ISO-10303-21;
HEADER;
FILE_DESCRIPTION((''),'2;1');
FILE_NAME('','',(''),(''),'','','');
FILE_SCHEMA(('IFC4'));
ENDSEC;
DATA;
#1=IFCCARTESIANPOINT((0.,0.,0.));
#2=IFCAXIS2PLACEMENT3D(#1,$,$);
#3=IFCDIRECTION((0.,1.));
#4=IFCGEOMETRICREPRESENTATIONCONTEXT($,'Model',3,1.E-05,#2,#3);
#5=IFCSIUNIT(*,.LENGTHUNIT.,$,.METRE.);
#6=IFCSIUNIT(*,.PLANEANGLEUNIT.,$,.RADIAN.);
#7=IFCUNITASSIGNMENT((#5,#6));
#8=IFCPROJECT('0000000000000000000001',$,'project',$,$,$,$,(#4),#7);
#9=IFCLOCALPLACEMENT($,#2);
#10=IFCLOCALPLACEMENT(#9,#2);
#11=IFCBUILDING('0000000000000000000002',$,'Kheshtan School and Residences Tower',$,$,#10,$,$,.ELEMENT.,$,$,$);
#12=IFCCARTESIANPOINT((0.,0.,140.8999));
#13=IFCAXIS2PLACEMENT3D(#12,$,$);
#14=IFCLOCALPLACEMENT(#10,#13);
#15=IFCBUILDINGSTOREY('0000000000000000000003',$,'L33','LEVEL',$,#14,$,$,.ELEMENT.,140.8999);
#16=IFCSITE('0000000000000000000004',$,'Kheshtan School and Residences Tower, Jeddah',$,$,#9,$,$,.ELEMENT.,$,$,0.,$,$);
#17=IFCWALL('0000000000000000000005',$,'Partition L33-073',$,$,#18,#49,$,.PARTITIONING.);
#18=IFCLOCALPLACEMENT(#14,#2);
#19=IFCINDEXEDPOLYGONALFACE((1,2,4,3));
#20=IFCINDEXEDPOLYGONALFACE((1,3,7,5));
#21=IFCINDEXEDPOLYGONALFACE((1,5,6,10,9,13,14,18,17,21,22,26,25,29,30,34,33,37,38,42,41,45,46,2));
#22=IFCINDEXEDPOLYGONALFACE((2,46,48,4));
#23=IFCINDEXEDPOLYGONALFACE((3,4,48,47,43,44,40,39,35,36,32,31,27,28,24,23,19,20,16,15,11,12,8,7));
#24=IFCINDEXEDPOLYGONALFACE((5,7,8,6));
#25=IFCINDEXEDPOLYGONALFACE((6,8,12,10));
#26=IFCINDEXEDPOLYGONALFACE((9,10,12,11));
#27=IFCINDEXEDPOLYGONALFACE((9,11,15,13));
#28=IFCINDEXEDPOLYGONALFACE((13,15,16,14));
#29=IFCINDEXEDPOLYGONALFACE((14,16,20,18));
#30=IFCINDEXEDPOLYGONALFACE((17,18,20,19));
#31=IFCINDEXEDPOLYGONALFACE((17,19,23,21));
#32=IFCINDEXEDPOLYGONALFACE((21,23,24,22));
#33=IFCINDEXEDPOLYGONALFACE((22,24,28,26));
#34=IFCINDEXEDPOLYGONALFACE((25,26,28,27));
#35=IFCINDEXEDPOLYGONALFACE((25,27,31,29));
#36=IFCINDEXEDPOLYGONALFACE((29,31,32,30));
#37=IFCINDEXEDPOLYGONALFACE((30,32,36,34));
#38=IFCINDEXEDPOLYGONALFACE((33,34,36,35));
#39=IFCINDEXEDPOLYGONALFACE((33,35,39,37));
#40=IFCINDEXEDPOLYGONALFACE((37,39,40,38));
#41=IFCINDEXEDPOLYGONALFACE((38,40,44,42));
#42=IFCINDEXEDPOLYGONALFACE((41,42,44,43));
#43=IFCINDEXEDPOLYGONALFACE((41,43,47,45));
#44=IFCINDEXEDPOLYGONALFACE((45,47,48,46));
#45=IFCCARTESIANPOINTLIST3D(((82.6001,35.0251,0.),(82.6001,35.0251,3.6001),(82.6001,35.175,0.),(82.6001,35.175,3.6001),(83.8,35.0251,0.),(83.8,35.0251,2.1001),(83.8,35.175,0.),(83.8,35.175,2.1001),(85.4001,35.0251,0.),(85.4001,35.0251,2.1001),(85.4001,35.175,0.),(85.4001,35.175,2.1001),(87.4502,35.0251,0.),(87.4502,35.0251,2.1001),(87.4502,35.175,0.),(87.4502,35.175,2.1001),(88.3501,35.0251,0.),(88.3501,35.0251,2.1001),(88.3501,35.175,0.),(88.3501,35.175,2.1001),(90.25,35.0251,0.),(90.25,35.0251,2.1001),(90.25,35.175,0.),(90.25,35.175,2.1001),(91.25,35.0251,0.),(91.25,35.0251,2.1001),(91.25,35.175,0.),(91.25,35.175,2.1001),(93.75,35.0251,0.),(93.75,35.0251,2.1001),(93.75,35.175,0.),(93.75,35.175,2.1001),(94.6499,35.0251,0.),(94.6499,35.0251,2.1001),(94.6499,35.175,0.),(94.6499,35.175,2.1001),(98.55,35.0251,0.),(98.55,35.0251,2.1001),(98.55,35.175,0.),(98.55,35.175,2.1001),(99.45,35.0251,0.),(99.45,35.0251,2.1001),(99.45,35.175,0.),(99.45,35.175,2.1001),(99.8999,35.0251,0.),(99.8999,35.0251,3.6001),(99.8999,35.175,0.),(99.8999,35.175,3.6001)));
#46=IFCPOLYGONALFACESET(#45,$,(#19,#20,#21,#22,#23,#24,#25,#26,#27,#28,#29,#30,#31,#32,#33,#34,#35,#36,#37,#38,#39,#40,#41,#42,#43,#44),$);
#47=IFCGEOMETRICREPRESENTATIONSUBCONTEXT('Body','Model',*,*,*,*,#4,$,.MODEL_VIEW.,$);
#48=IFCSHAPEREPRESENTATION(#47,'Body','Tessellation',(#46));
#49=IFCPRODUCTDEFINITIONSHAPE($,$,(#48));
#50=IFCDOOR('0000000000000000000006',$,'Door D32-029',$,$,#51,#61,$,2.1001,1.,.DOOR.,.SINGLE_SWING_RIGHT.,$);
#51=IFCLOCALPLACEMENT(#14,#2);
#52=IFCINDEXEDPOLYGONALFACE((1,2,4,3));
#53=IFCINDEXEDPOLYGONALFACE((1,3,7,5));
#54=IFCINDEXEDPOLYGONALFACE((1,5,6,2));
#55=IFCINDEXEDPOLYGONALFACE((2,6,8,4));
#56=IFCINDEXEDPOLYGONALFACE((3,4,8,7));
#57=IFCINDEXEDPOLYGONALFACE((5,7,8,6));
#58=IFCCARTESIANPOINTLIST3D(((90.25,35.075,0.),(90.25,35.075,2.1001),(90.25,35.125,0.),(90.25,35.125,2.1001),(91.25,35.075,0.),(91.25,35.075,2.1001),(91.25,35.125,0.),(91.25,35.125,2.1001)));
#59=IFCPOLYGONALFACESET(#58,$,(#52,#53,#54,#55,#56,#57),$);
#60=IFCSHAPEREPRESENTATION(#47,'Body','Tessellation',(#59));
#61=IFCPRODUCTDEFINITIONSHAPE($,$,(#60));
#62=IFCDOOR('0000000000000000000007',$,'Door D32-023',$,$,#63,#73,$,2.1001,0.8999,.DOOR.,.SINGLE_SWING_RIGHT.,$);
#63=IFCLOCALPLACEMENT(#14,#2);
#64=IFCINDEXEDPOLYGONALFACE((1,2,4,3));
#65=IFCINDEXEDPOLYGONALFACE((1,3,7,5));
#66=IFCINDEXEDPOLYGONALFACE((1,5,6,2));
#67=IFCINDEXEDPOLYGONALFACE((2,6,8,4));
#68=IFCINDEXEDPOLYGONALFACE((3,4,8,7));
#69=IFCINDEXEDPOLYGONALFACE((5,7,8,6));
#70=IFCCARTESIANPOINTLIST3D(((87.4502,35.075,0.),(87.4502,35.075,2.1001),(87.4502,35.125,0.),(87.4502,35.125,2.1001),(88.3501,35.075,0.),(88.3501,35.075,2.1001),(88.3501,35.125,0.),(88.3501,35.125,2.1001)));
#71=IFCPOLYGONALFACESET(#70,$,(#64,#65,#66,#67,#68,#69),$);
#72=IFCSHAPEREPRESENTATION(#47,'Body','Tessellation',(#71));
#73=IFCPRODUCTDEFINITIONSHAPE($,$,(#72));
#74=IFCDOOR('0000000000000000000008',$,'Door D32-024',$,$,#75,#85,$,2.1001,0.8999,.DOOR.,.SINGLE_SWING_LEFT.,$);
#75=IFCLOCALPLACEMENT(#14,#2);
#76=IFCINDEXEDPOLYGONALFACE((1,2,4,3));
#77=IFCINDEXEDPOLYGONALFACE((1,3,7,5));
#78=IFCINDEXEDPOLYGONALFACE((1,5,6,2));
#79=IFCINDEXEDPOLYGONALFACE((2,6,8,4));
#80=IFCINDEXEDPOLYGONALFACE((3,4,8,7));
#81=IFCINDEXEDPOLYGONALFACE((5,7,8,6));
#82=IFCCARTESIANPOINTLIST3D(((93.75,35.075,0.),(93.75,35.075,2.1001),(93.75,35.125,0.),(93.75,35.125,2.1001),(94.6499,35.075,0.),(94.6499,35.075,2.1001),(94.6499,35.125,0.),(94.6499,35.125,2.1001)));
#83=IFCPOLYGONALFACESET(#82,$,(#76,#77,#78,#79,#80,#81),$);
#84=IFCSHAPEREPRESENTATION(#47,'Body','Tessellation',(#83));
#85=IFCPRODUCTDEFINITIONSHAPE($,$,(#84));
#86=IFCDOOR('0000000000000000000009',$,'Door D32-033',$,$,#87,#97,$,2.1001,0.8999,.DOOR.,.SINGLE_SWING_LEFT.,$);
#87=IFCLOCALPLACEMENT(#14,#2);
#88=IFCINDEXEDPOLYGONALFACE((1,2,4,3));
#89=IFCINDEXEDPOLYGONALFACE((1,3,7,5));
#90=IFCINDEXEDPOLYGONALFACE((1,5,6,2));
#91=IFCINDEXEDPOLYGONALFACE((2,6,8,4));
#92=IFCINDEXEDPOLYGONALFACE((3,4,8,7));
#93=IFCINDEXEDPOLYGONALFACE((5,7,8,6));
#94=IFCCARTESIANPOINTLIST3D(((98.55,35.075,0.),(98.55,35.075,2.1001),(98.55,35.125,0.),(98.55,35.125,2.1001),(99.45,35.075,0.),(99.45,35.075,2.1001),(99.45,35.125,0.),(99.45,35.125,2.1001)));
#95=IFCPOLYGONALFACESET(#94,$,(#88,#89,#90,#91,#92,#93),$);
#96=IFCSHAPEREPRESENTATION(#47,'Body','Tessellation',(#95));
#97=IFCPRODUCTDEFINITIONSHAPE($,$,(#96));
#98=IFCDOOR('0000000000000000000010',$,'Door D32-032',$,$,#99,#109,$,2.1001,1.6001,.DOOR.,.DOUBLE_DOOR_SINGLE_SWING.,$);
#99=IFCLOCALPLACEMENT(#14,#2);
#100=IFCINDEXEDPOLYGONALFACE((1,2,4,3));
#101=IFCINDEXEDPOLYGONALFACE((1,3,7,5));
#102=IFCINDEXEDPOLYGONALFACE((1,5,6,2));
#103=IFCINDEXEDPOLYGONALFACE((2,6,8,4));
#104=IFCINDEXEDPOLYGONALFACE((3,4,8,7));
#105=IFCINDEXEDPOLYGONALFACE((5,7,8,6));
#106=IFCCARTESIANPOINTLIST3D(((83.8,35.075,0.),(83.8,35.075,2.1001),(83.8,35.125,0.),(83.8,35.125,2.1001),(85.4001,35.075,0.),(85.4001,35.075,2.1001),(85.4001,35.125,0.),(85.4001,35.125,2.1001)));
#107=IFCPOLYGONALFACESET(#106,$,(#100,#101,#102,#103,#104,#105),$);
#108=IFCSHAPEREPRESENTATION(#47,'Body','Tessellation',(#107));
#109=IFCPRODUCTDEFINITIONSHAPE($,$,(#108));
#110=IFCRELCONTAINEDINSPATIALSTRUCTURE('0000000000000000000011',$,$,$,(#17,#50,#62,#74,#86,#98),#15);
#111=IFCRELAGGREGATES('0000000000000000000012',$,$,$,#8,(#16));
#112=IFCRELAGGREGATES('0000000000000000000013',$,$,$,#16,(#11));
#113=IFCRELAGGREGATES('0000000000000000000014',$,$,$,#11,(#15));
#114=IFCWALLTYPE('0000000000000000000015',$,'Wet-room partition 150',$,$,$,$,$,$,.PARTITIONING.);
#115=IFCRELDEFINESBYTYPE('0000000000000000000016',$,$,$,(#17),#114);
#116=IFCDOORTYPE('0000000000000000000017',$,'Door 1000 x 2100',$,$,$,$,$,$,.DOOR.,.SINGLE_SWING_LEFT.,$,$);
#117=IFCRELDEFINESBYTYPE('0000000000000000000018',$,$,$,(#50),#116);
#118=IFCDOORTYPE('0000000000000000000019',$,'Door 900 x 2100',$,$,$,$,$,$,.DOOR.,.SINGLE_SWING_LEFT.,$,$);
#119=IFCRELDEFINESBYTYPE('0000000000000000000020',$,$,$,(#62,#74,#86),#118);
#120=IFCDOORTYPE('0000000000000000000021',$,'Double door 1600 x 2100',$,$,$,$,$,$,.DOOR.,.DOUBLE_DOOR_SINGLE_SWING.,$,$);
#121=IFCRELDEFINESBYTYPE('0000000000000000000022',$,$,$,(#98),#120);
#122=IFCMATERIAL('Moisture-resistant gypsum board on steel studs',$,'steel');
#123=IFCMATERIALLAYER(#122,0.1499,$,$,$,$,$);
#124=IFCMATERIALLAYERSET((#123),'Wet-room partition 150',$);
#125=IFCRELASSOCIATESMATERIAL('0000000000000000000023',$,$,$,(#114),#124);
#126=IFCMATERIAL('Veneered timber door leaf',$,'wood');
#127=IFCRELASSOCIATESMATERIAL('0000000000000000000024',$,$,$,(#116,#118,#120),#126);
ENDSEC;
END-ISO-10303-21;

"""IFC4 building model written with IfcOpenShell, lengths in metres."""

from ifc_helpers import new_model, si_unit, direction, frame, frame_2d, origin, place, context, subcontext, project, spatial, rectangle, extrude, source, transform, mapped, material, layer, layer_set, type_object, element, fill, save


model = new_model("IFC4")

# Units and contexts
model_context = context("Model", 3, precision=1e-05, world=origin(), true_north=direction((0.0, 1.0)))
body_context = subcontext(model_context, "Body", "Model", "MODEL_VIEW")
ifc_project = project(units=[si_unit("LENGTHUNIT", "METRE"), si_unit("PLANEANGLEUNIT", "RADIAN")], contexts=[model_context])

# Site, building, storey
site_placement = place(None, origin())
site = spatial("IfcSite", under=ifc_project, at=site_placement, Name="Kheshtan School and Residences Tower, Jeddah", CompositionType="ELEMENT", RefElevation=0.0)
building_placement = place(site_placement, origin())
building = spatial("IfcBuilding", under=site, at=building_placement, Name="Kheshtan School and Residences Tower", CompositionType="ELEMENT")
storey_placement = place(building_placement, frame((0.0, 0.0, 140.8999)))
storey = spatial("IfcBuildingStorey", under=building, at=storey_placement, Name="L33", Description="LEVEL", CompositionType="ELEMENT", Elevation=140.8999)

# Wall, openings, doors
ifc_material_1 = material(Name="Moisture-resistant gypsum board on steel studs", Category="steel")
ifc_layer_1 = layer(ifc_material_1, 0.1499)
ifc_layer_set_1 = layer_set([ifc_layer_1], Name="Wet-room partition 150")
wall_type_1 = type_object("IfcWallType", Name="Wet-room partition 150", PredefinedType="PARTITIONING", material=ifc_layer_set_1)
wall_1_placement = place(storey_placement, frame((82.6001, 35.1001, 0.0), z_axis=(0.0, 0.0, 1.0), x_axis=(1.0, 0.0, 0.0)))
wall_1 = element("IfcWall", 1, at=wall_1_placement, inside=storey, type_object=wall_type_1, Name="Partition L33-073", PredefinedType="PARTITIONING", context=body_context, shape_type="SweptSolid", body=[
    extrude(rectangle(XDim=17.2998, YDim=0.1499, at=frame_2d((8.6499, 0.0))), origin(), (0.0, 0.0, 1.0), 3.6001),
])
opening_1_placement = place(wall_1_placement, frame((4.8501, 0.0, 0.0)))
opening_1 = element("IfcOpeningElement", 2, at=opening_1_placement, cuts=wall_1, PredefinedType="OPENING", context=body_context, shape_type="SweptSolid", body=[
    extrude(rectangle(XDim=0.8999, YDim=2.1001, at=frame_2d((0.45, 1.05))), frame((0.0, 0.085, 0.0), z_axis=(0.0, -1.0, 0.0), x_axis=(1.0, 0.0, 0.0)), (0.0, 0.0, 1.0), 0.1699),
])
opening_2_placement = place(wall_1_placement, frame((11.1499, 0.0, 0.0)))
opening_2 = element("IfcOpeningElement", 3, at=opening_2_placement, cuts=wall_1, PredefinedType="OPENING", context=body_context, shape_type="SweptSolid", body=[
    extrude(rectangle(XDim=0.8999, YDim=2.1001, at=frame_2d((0.45, 1.05))), frame((0.0, 0.085, 0.0), z_axis=(0.0, -1.0, 0.0), x_axis=(1.0, 0.0, 0.0)), (0.0, 0.0, 1.0), 0.1699),
])
opening_3_placement = place(wall_1_placement, frame((7.6499, 0.0, 0.0)))
opening_3 = element("IfcOpeningElement", 4, at=opening_3_placement, cuts=wall_1, PredefinedType="OPENING", context=body_context, shape_type="SweptSolid", body=[
    extrude(rectangle(XDim=1.0, YDim=2.1001, at=frame_2d((0.5, 1.05))), frame((0.0, 0.085, 0.0), z_axis=(0.0, -1.0, 0.0), x_axis=(1.0, 0.0, 0.0)), (0.0, 0.0, 1.0), 0.1699),
])
opening_4_placement = place(wall_1_placement, frame((1.2, 0.0, 0.0)))
opening_4 = element("IfcOpeningElement", 5, at=opening_4_placement, cuts=wall_1, PredefinedType="OPENING", context=body_context, shape_type="SweptSolid", body=[
    extrude(rectangle(XDim=1.6001, YDim=2.1001, at=frame_2d((0.8, 1.05))), frame((0.0, 0.085, 0.0), z_axis=(0.0, -1.0, 0.0), x_axis=(1.0, 0.0, 0.0)), (0.0, 0.0, 1.0), 0.1699),
])
opening_5_placement = place(wall_1_placement, frame((15.95, 0.0, 0.0)))
opening_5 = element("IfcOpeningElement", 6, at=opening_5_placement, cuts=wall_1, PredefinedType="OPENING", context=body_context, shape_type="SweptSolid", body=[
    extrude(rectangle(XDim=0.8999, YDim=2.1001, at=frame_2d((0.45, 1.05))), frame((0.0, 0.085, 0.0), z_axis=(0.0, -1.0, 0.0), x_axis=(1.0, 0.0, 0.0)), (0.0, 0.0, 1.0), 0.1699),
])
ifc_material_2 = material(Name="Veneered timber door leaf", Category="wood")
door_type_1 = type_object("IfcDoorType", Name="Door 1000 x 2100", OperationType="SINGLE_SWING_LEFT", PredefinedType="DOOR", material=ifc_material_2)
shared_shape_1 = source(origin(), body_context, "Body", "SweptSolid", [
    extrude(rectangle(XDim=1.0, YDim=2.1001, at=frame_2d((0.5, 1.05))), frame((0.0, 0.0249, 0.0), z_axis=(0.0, -1.0, 0.0), x_axis=(1.0, 0.0, 0.0)), (0.0, 0.0, 1.0), 0.05),
])
door_1_placement = place(opening_3_placement, origin())
door_1 = element("IfcDoor", 7, at=door_1_placement, inside=storey, type_object=door_type_1, Name="Door D32-029", OperationType="SINGLE_SWING_RIGHT", OverallHeight=2.1001, OverallWidth=1.0, PredefinedType="DOOR", context=body_context, shape_type="MappedRepresentation", body=[
    mapped(shared_shape_1, transform((0.0, 0.0, 0.0), x_axis=(1.0, 0.0, 0.0), y_axis=(0.0, 1.0, 0.0), z_axis=(0.0, 0.0, 1.0), scale=1.0)),
])
fill(opening_3, door_1)
door_type_2 = type_object("IfcDoorType", Name="Door 900 x 2100", OperationType="SINGLE_SWING_LEFT", PredefinedType="DOOR", material=ifc_material_2)
shared_shape_2 = source(origin(), body_context, "Body", "SweptSolid", [
    extrude(rectangle(XDim=0.8999, YDim=2.1001, at=frame_2d((0.45, 1.05))), frame((0.0, 0.0249, 0.0), z_axis=(0.0, -1.0, 0.0), x_axis=(1.0, 0.0, 0.0)), (0.0, 0.0, 1.0), 0.05),
])
door_2_placement = place(opening_1_placement, origin())
door_2 = element("IfcDoor", 8, at=door_2_placement, inside=storey, type_object=door_type_2, Name="Door D32-023", OperationType="SINGLE_SWING_RIGHT", OverallHeight=2.1001, OverallWidth=0.8999, PredefinedType="DOOR", context=body_context, shape_type="MappedRepresentation", body=[
    mapped(shared_shape_2, transform((0.0, 0.0, 0.0), x_axis=(1.0, 0.0, 0.0), y_axis=(0.0, 1.0, 0.0), z_axis=(0.0, 0.0, 1.0), scale=1.0)),
])
fill(opening_1, door_2)
door_3_placement = place(opening_2_placement, origin())
door_3 = element("IfcDoor", 9, at=door_3_placement, inside=storey, type_object=door_type_2, Name="Door D32-024", OperationType="SINGLE_SWING_LEFT", OverallHeight=2.1001, OverallWidth=0.8999, PredefinedType="DOOR", context=body_context, shape_type="MappedRepresentation", body=[
    mapped(shared_shape_2, transform((0.0, 0.0, 0.0), x_axis=(1.0, 0.0, 0.0), y_axis=(0.0, 1.0, 0.0), z_axis=(0.0, 0.0, 1.0), scale=1.0)),
])
fill(opening_2, door_3)
door_4_placement = place(opening_5_placement, origin())
door_4 = element("IfcDoor", 10, at=door_4_placement, inside=storey, type_object=door_type_2, Name="Door D32-033", OperationType="SINGLE_SWING_LEFT", OverallHeight=2.1001, OverallWidth=0.8999, PredefinedType="DOOR", context=body_context, shape_type="MappedRepresentation", body=[
    mapped(shared_shape_2, transform((0.0, 0.0, 0.0), x_axis=(1.0, 0.0, 0.0), y_axis=(0.0, 1.0, 0.0), z_axis=(0.0, 0.0, 1.0), scale=1.0)),
])
fill(opening_5, door_4)
door_type_3 = type_object("IfcDoorType", Name="Double door 1600 x 2100", OperationType="DOUBLE_DOOR_SINGLE_SWING", PredefinedType="DOOR", material=ifc_material_2)
shared_shape_3 = source(origin(), body_context, "Body", "SweptSolid", [
    extrude(rectangle(XDim=1.6001, YDim=2.1001, at=frame_2d((0.8, 1.05))), frame((0.0, 0.0249, 0.0), z_axis=(0.0, -1.0, 0.0), x_axis=(1.0, 0.0, 0.0)), (0.0, 0.0, 1.0), 0.05),
])
door_5_placement = place(opening_4_placement, origin())
door_5 = element("IfcDoor", 11, at=door_5_placement, inside=storey, type_object=door_type_3, Name="Door D32-032", OperationType="DOUBLE_DOOR_SINGLE_SWING", OverallHeight=2.1001, OverallWidth=1.6001, PredefinedType="DOOR", context=body_context, shape_type="MappedRepresentation", body=[
    mapped(shared_shape_3, transform((0.0, 0.0, 0.0), x_axis=(1.0, 0.0, 0.0), y_axis=(0.0, 1.0, 0.0), z_axis=(0.0, 0.0, 1.0), scale=1.0)),
])
fill(opening_4, door_5)

save(model, "model.ifc")
